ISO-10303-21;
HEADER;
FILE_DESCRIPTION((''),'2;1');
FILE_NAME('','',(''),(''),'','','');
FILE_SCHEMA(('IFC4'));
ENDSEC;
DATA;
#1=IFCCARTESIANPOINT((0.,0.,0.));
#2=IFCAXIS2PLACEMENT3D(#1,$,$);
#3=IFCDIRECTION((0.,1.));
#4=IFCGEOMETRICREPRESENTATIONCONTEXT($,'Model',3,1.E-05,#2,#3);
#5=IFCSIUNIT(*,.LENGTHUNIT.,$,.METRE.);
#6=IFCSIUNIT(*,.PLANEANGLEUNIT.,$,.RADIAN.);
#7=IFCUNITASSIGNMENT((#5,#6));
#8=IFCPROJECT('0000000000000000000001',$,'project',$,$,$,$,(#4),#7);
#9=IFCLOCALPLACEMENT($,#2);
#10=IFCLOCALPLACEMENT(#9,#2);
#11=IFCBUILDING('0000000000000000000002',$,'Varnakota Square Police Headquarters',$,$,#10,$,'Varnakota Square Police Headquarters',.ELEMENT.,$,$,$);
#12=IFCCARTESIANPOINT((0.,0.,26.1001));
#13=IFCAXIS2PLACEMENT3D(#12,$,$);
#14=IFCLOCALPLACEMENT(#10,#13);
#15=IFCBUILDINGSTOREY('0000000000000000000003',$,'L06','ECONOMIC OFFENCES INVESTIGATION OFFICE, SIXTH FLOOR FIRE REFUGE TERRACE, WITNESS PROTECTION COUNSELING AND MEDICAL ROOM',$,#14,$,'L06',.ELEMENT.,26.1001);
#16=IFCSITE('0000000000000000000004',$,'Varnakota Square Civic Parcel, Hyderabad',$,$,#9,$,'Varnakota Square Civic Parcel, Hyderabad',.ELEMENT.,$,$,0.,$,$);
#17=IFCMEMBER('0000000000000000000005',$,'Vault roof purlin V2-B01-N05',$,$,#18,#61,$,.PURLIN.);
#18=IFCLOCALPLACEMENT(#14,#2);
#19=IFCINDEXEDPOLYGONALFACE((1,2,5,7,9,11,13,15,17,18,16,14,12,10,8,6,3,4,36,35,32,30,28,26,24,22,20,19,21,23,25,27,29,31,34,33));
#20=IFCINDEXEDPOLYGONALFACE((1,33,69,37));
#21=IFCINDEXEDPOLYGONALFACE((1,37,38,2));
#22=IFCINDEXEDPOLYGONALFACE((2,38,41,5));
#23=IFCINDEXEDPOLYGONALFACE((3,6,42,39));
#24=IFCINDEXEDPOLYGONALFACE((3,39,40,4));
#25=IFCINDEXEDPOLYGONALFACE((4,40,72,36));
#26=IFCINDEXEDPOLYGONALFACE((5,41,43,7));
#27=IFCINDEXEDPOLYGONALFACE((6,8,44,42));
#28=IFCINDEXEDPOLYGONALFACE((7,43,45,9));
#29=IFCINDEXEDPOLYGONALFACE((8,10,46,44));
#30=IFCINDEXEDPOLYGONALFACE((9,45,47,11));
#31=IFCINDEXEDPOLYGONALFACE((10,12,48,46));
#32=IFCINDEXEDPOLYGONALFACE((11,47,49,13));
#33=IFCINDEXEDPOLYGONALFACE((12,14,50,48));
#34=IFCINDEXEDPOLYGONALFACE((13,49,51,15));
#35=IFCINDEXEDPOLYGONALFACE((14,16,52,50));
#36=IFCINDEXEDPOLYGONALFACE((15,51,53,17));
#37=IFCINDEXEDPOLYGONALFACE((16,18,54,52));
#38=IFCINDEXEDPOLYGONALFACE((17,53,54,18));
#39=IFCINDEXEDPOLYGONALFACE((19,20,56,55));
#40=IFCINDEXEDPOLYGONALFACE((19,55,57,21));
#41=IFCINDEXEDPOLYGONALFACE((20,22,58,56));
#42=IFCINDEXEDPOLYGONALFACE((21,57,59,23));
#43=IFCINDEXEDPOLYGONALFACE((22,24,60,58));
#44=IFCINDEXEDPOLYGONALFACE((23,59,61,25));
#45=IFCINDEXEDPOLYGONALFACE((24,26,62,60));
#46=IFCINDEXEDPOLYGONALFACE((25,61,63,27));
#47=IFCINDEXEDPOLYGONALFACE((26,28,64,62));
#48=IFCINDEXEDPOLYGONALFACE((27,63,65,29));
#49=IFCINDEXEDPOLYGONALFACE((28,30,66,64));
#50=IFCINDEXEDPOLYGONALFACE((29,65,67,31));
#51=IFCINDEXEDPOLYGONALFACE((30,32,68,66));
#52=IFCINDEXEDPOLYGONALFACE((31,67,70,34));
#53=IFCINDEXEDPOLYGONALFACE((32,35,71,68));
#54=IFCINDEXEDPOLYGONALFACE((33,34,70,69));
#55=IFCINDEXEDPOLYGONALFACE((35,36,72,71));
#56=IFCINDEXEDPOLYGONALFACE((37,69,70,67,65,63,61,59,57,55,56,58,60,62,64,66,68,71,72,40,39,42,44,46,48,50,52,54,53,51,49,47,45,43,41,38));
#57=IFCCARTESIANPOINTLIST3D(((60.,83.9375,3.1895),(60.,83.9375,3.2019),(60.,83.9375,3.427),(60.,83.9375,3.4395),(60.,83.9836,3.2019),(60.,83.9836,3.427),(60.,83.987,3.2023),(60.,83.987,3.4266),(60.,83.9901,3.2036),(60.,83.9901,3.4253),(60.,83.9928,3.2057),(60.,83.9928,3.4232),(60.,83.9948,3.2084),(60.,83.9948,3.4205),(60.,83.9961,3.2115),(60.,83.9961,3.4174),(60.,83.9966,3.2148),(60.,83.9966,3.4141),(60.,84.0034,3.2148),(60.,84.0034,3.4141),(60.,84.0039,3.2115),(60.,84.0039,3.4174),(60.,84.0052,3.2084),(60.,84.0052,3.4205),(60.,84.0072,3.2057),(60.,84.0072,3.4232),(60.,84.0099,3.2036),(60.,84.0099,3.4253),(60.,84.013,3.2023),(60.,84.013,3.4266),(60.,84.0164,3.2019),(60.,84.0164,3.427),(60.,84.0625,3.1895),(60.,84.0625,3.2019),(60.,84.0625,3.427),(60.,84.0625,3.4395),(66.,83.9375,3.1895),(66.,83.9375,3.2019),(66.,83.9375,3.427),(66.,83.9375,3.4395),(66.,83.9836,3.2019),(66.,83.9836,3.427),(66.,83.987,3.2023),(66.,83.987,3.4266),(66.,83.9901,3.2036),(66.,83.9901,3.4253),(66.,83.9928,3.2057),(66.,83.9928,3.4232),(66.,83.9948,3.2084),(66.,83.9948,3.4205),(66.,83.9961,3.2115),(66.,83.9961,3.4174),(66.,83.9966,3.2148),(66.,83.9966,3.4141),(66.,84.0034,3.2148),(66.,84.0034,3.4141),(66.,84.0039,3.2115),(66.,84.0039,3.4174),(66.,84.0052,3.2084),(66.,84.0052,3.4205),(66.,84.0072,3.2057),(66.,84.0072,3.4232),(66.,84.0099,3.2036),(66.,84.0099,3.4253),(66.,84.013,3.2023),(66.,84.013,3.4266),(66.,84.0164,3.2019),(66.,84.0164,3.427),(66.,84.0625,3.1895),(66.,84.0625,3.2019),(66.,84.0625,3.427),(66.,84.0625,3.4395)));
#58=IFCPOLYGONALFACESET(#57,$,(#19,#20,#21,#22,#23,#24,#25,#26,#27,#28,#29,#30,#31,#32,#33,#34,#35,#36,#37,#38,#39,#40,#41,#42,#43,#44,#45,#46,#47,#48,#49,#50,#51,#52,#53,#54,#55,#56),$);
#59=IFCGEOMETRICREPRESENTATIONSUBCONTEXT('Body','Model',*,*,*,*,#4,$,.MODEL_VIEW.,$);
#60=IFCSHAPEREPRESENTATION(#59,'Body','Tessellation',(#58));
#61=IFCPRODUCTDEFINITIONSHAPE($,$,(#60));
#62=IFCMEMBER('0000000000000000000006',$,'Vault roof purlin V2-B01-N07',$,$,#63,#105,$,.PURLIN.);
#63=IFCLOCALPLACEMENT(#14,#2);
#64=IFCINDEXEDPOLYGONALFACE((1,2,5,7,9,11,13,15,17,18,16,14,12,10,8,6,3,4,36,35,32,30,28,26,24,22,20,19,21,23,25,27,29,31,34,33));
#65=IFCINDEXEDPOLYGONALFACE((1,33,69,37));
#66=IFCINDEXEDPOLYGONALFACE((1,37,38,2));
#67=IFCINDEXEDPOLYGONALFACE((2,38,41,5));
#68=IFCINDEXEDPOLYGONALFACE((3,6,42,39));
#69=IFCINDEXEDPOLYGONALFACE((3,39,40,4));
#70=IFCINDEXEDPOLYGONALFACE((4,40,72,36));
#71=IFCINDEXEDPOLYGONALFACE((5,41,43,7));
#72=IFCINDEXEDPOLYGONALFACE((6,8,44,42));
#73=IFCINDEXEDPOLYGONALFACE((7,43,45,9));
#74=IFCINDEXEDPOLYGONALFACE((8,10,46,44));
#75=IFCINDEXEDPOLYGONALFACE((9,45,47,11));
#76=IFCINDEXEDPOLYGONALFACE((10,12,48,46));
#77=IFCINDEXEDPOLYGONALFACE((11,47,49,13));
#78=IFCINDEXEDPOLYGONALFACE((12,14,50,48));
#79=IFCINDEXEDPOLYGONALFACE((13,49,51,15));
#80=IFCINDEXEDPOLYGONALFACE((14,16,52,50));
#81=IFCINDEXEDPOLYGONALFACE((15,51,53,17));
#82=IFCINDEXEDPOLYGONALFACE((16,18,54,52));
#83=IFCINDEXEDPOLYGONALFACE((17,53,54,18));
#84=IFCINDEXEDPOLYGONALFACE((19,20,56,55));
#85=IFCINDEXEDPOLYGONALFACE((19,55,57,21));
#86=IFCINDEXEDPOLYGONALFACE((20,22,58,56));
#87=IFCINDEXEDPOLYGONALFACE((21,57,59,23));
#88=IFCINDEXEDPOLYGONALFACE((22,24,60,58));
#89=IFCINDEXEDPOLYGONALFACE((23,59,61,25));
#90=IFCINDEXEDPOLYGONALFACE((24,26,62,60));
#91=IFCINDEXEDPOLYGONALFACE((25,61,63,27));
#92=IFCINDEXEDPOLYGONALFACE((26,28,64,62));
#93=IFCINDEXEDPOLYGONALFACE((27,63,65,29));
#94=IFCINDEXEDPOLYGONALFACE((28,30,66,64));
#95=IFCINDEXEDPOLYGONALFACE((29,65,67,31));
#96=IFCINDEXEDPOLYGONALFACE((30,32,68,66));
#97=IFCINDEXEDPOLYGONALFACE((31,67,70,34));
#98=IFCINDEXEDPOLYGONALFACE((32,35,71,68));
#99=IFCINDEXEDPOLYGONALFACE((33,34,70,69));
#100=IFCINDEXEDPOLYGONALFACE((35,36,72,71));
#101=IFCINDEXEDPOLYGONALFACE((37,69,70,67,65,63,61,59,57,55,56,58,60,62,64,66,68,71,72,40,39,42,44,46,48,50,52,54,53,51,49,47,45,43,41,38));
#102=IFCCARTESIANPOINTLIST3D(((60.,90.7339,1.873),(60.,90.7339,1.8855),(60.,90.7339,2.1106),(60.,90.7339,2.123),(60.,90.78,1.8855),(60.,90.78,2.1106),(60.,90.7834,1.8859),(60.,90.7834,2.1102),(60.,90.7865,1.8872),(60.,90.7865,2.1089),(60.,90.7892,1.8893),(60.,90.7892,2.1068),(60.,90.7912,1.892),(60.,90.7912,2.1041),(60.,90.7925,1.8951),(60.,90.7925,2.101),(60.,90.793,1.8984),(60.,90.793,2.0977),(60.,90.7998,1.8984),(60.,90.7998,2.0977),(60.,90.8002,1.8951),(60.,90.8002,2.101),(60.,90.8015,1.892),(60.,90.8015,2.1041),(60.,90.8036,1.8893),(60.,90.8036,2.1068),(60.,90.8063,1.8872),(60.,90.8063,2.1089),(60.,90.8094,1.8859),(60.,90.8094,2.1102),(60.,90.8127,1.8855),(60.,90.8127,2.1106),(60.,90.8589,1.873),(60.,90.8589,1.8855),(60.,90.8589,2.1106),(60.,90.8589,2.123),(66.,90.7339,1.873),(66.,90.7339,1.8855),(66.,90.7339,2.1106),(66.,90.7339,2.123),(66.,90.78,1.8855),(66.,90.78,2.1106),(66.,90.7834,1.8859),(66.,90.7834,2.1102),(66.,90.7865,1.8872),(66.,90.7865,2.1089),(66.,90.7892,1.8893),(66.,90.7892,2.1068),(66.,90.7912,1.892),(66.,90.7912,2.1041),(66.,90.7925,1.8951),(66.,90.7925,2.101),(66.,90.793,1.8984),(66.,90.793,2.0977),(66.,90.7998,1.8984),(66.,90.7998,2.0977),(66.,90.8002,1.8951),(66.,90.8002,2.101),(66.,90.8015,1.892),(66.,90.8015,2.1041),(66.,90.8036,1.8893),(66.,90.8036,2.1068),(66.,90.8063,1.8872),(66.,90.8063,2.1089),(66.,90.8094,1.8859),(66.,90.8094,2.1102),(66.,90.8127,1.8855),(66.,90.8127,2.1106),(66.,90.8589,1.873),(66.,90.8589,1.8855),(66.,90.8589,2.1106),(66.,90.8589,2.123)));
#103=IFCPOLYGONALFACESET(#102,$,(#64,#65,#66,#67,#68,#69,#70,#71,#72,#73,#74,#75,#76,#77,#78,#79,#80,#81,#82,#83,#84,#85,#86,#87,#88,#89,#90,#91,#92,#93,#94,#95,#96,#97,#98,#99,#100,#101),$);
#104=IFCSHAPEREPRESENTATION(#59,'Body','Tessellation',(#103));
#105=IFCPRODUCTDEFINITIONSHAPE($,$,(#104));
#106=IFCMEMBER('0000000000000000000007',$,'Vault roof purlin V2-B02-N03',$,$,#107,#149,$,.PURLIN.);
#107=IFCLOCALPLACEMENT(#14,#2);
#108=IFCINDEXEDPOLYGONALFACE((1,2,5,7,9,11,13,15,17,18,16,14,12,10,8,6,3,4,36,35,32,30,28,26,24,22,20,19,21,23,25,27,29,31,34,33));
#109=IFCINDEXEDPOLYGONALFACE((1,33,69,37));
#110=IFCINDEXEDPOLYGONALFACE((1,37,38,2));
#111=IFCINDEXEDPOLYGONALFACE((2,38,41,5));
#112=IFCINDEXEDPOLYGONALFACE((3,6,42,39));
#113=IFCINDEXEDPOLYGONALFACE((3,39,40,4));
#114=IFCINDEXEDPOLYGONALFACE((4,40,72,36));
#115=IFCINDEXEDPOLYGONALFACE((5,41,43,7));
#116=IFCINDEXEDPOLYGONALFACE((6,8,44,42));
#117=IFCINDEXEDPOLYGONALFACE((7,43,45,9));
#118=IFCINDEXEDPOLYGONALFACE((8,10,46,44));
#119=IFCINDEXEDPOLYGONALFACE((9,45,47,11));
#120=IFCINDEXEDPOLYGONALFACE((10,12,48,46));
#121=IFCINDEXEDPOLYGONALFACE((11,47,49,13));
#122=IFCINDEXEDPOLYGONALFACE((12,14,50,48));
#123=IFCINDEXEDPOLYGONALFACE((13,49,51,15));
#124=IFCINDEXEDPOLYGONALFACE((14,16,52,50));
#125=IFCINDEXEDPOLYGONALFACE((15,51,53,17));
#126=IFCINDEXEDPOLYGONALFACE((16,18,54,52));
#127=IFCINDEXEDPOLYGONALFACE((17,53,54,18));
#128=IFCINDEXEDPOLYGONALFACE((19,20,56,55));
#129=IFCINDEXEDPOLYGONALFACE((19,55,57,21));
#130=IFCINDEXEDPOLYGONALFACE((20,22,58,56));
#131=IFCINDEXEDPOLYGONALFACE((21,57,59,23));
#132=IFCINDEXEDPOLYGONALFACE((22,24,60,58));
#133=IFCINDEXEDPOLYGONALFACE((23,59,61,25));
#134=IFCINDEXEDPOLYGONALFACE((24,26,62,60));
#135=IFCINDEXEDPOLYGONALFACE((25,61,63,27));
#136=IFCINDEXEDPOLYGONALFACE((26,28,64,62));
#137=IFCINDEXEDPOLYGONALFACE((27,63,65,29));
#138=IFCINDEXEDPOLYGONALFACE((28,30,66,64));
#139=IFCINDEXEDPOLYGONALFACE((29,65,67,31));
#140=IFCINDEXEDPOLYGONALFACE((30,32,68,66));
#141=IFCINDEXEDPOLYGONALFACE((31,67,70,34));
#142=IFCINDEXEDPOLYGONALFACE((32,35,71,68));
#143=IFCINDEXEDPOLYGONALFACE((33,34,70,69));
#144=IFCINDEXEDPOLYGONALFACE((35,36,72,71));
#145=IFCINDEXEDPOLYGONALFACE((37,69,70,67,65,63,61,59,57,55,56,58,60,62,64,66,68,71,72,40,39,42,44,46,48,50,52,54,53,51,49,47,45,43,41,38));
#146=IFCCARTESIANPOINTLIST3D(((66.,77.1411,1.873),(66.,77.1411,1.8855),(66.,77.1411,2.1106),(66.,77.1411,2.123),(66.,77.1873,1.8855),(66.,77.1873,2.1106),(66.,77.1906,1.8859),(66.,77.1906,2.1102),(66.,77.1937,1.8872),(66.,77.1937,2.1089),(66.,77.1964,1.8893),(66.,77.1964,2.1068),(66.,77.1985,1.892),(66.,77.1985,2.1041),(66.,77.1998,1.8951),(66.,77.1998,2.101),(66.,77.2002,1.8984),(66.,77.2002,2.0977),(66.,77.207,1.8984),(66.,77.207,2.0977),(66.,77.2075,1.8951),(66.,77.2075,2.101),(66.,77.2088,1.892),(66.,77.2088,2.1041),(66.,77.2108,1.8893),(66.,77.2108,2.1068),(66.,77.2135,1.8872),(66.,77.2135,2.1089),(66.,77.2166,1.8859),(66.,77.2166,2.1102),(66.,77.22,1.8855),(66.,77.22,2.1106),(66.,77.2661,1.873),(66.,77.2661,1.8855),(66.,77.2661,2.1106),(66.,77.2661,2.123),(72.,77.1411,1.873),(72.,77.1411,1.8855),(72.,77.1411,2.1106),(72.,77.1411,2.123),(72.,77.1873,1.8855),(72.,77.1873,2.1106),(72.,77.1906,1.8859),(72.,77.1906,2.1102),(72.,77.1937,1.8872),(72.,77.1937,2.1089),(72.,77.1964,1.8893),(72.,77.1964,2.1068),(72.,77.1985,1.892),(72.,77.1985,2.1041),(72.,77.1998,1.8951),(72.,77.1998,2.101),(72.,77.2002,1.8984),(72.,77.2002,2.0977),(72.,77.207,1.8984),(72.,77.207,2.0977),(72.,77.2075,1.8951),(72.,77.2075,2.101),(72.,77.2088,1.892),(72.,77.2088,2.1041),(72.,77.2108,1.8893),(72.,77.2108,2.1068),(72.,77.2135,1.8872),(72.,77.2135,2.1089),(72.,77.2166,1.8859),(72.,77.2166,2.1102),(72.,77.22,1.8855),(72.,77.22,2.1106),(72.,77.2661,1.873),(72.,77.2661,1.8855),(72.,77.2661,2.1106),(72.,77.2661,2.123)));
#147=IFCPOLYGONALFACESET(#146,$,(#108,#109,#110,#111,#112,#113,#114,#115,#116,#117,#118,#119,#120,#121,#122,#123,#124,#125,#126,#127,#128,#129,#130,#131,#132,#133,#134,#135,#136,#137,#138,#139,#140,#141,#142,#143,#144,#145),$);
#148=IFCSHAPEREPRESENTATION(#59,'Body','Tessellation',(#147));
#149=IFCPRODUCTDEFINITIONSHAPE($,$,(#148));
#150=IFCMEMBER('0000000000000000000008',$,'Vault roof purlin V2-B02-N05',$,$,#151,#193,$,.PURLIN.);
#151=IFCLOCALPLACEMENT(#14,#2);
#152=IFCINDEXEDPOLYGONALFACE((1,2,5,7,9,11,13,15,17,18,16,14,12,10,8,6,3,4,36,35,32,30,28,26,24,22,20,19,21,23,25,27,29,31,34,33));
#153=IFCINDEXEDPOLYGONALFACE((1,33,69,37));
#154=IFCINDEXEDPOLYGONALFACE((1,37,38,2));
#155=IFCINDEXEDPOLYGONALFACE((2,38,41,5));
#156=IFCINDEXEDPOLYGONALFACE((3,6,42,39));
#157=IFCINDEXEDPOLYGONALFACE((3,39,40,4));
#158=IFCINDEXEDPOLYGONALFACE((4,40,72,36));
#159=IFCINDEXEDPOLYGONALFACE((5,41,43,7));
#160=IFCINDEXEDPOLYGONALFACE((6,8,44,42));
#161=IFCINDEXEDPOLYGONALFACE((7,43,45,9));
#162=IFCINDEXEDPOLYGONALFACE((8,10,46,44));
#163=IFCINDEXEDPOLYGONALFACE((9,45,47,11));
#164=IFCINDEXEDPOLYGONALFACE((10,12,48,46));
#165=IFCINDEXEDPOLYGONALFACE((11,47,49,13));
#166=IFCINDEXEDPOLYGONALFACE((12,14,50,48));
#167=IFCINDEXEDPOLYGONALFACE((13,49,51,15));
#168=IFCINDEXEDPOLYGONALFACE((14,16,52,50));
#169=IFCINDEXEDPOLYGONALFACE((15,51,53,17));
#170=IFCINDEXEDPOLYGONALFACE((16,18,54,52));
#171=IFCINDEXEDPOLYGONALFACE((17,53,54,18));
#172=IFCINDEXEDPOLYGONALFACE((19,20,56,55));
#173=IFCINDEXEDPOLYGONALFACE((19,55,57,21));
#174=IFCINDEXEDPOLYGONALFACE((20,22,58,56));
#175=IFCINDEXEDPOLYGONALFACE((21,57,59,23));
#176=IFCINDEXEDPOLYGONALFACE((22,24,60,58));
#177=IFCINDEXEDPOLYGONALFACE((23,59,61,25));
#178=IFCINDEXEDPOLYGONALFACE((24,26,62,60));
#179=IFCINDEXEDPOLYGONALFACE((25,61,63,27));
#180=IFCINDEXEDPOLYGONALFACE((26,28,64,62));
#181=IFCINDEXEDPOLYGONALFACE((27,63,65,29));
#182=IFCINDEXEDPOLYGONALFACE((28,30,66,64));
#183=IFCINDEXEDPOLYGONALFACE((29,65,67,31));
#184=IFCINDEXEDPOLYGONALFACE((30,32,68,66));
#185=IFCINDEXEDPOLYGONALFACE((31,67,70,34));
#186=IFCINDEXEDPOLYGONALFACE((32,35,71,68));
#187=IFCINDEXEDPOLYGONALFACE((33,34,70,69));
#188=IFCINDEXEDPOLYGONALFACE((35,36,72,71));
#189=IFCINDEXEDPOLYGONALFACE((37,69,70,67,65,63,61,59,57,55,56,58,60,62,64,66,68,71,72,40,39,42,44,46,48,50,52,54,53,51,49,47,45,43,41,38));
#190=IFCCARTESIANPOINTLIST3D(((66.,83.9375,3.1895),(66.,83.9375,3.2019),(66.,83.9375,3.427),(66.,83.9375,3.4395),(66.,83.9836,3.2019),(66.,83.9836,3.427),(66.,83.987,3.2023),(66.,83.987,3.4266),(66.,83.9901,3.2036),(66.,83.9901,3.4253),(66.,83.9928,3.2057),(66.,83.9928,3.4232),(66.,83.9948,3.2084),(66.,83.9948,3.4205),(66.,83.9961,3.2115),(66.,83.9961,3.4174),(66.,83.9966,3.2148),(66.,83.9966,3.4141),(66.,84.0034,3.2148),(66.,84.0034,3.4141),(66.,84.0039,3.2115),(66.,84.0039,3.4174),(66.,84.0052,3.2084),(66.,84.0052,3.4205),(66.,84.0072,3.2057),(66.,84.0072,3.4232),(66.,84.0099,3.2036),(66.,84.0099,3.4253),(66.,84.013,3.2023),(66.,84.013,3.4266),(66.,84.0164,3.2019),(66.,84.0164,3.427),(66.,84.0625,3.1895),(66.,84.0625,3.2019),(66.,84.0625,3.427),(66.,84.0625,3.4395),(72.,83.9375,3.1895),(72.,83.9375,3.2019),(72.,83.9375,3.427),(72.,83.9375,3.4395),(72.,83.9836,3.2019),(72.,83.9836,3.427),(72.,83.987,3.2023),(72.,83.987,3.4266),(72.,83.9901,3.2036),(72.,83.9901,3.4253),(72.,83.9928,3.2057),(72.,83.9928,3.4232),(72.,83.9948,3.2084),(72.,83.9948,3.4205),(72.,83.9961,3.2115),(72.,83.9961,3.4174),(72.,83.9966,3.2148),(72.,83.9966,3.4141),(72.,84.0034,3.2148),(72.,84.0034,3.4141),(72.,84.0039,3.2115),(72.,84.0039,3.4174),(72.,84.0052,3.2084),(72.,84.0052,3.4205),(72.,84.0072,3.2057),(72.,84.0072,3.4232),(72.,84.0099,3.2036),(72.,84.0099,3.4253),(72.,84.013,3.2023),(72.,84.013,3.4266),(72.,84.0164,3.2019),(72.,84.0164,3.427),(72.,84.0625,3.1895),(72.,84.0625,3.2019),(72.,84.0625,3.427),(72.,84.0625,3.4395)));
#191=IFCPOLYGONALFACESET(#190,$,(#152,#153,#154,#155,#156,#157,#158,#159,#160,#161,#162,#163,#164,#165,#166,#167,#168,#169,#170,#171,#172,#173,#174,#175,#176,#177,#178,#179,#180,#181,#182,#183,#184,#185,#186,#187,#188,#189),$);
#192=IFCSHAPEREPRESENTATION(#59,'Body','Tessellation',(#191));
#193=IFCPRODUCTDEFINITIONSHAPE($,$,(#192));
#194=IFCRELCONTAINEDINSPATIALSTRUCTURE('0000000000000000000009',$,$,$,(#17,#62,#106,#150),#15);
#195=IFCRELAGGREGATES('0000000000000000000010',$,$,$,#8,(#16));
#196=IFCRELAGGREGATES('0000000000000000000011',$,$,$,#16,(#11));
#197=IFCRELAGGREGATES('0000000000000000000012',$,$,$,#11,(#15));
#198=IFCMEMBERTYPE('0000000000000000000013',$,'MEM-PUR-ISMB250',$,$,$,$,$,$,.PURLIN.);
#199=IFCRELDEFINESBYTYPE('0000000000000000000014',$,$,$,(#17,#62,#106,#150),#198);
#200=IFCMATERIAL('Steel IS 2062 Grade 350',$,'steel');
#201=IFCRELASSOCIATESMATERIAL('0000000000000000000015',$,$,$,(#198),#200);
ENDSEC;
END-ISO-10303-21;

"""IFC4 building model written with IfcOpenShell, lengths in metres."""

from ifc_helpers import new_model, si_unit, direction, frame, origin, origin_2d, place, context, subcontext, project, spatial, i_section, extrude, material, material_profile, profile_set, type_object, element, save


model = new_model("IFC4")

# Units and contexts
model_context = context("Model", 3, precision=1e-05, world=origin(), true_north=direction((0.0, 1.0)))
body_context = subcontext(model_context, "Body", "Model", "MODEL_VIEW")
ifc_project = project(units=[si_unit("LENGTHUNIT", "METRE"), si_unit("PLANEANGLEUNIT", "RADIAN")], contexts=[model_context])

# Site, building, storey
site_placement = place(None, origin())
site = spatial("IfcSite", under=ifc_project, at=site_placement, Name="Varnakota Square Civic Parcel, Hyderabad", LongName="Varnakota Square Civic Parcel, Hyderabad", CompositionType="ELEMENT", RefElevation=0.0)
building_placement = place(site_placement, origin())
building = spatial("IfcBuilding", under=site, at=building_placement, Name="Varnakota Square Police Headquarters", LongName="Varnakota Square Police Headquarters", CompositionType="ELEMENT")
storey_placement = place(building_placement, frame((0.0, 0.0, 26.1001)))
storey = spatial("IfcBuildingStorey", under=building, at=storey_placement, Name="L06", Description="ECONOMIC OFFENCES INVESTIGATION OFFICE, SIXTH FLOOR FIRE REFUGE TERRACE, WITNESS PROTECTION COUNSELING AND MEDICAL ROOM", LongName="L06", CompositionType="ELEMENT", Elevation=26.1001)

# Shared definitions
ifc_material_1 = material(Name="Steel IS 2062 Grade 350", Category="steel")

# Members
ifc_material_profile_1 = material_profile(ifc_material_1, i_section(OverallWidth=0.125, OverallDepth=0.25, WebThickness=0.0068, FlangeThickness=0.0125, FilletRadius=0.0129, at=origin_2d()), Name="ISMB 250")
ifc_profile_set_1 = profile_set([ifc_material_profile_1], Name="Steel IS 2062 Grade 350")
member_type_1 = type_object("IfcMemberType", Name="MEM-PUR-ISMB250", PredefinedType="PURLIN", material=ifc_profile_set_1)
for number, where, z_axis, x_axis, name in (
    (1, (60.0, 84.0, 3.3145), (1.0, 0.0, 0.0), (0.0, 1.0, 0.0), "Vault roof purlin V2-B01-N05"),
    (2, (60.0, 90.7964, 1.998), (1.0, 0.0, 0.0), (0.0, 1.0, 0.0), "Vault roof purlin V2-B01-N07"),
    (3, (66.0, 77.2036, 1.998), (1.0, 0.0, 0.0), (0.0, 1.0, 0.0), "Vault roof purlin V2-B02-N03"),
    (4, (66.0, 84.0, 3.3145), (1.0, 0.0, 0.0), (0.0, 1.0, 0.0), "Vault roof purlin V2-B02-N05"),
):
    element("IfcMember", number, at=place(storey_placement, frame(where, z_axis=z_axis, x_axis=x_axis)), inside=storey, type_object=member_type_1, Name=name, PredefinedType="PURLIN", context=body_context, shape_type="SweptSolid", body=[
        extrude(i_section(OverallWidth=0.125, OverallDepth=0.25, WebThickness=0.0068, FlangeThickness=0.0125, FilletRadius=0.0129, at=origin_2d()), origin(), (0.0, 0.0, 1.0), 6.0),
    ])

save(model, "model.ifc")
